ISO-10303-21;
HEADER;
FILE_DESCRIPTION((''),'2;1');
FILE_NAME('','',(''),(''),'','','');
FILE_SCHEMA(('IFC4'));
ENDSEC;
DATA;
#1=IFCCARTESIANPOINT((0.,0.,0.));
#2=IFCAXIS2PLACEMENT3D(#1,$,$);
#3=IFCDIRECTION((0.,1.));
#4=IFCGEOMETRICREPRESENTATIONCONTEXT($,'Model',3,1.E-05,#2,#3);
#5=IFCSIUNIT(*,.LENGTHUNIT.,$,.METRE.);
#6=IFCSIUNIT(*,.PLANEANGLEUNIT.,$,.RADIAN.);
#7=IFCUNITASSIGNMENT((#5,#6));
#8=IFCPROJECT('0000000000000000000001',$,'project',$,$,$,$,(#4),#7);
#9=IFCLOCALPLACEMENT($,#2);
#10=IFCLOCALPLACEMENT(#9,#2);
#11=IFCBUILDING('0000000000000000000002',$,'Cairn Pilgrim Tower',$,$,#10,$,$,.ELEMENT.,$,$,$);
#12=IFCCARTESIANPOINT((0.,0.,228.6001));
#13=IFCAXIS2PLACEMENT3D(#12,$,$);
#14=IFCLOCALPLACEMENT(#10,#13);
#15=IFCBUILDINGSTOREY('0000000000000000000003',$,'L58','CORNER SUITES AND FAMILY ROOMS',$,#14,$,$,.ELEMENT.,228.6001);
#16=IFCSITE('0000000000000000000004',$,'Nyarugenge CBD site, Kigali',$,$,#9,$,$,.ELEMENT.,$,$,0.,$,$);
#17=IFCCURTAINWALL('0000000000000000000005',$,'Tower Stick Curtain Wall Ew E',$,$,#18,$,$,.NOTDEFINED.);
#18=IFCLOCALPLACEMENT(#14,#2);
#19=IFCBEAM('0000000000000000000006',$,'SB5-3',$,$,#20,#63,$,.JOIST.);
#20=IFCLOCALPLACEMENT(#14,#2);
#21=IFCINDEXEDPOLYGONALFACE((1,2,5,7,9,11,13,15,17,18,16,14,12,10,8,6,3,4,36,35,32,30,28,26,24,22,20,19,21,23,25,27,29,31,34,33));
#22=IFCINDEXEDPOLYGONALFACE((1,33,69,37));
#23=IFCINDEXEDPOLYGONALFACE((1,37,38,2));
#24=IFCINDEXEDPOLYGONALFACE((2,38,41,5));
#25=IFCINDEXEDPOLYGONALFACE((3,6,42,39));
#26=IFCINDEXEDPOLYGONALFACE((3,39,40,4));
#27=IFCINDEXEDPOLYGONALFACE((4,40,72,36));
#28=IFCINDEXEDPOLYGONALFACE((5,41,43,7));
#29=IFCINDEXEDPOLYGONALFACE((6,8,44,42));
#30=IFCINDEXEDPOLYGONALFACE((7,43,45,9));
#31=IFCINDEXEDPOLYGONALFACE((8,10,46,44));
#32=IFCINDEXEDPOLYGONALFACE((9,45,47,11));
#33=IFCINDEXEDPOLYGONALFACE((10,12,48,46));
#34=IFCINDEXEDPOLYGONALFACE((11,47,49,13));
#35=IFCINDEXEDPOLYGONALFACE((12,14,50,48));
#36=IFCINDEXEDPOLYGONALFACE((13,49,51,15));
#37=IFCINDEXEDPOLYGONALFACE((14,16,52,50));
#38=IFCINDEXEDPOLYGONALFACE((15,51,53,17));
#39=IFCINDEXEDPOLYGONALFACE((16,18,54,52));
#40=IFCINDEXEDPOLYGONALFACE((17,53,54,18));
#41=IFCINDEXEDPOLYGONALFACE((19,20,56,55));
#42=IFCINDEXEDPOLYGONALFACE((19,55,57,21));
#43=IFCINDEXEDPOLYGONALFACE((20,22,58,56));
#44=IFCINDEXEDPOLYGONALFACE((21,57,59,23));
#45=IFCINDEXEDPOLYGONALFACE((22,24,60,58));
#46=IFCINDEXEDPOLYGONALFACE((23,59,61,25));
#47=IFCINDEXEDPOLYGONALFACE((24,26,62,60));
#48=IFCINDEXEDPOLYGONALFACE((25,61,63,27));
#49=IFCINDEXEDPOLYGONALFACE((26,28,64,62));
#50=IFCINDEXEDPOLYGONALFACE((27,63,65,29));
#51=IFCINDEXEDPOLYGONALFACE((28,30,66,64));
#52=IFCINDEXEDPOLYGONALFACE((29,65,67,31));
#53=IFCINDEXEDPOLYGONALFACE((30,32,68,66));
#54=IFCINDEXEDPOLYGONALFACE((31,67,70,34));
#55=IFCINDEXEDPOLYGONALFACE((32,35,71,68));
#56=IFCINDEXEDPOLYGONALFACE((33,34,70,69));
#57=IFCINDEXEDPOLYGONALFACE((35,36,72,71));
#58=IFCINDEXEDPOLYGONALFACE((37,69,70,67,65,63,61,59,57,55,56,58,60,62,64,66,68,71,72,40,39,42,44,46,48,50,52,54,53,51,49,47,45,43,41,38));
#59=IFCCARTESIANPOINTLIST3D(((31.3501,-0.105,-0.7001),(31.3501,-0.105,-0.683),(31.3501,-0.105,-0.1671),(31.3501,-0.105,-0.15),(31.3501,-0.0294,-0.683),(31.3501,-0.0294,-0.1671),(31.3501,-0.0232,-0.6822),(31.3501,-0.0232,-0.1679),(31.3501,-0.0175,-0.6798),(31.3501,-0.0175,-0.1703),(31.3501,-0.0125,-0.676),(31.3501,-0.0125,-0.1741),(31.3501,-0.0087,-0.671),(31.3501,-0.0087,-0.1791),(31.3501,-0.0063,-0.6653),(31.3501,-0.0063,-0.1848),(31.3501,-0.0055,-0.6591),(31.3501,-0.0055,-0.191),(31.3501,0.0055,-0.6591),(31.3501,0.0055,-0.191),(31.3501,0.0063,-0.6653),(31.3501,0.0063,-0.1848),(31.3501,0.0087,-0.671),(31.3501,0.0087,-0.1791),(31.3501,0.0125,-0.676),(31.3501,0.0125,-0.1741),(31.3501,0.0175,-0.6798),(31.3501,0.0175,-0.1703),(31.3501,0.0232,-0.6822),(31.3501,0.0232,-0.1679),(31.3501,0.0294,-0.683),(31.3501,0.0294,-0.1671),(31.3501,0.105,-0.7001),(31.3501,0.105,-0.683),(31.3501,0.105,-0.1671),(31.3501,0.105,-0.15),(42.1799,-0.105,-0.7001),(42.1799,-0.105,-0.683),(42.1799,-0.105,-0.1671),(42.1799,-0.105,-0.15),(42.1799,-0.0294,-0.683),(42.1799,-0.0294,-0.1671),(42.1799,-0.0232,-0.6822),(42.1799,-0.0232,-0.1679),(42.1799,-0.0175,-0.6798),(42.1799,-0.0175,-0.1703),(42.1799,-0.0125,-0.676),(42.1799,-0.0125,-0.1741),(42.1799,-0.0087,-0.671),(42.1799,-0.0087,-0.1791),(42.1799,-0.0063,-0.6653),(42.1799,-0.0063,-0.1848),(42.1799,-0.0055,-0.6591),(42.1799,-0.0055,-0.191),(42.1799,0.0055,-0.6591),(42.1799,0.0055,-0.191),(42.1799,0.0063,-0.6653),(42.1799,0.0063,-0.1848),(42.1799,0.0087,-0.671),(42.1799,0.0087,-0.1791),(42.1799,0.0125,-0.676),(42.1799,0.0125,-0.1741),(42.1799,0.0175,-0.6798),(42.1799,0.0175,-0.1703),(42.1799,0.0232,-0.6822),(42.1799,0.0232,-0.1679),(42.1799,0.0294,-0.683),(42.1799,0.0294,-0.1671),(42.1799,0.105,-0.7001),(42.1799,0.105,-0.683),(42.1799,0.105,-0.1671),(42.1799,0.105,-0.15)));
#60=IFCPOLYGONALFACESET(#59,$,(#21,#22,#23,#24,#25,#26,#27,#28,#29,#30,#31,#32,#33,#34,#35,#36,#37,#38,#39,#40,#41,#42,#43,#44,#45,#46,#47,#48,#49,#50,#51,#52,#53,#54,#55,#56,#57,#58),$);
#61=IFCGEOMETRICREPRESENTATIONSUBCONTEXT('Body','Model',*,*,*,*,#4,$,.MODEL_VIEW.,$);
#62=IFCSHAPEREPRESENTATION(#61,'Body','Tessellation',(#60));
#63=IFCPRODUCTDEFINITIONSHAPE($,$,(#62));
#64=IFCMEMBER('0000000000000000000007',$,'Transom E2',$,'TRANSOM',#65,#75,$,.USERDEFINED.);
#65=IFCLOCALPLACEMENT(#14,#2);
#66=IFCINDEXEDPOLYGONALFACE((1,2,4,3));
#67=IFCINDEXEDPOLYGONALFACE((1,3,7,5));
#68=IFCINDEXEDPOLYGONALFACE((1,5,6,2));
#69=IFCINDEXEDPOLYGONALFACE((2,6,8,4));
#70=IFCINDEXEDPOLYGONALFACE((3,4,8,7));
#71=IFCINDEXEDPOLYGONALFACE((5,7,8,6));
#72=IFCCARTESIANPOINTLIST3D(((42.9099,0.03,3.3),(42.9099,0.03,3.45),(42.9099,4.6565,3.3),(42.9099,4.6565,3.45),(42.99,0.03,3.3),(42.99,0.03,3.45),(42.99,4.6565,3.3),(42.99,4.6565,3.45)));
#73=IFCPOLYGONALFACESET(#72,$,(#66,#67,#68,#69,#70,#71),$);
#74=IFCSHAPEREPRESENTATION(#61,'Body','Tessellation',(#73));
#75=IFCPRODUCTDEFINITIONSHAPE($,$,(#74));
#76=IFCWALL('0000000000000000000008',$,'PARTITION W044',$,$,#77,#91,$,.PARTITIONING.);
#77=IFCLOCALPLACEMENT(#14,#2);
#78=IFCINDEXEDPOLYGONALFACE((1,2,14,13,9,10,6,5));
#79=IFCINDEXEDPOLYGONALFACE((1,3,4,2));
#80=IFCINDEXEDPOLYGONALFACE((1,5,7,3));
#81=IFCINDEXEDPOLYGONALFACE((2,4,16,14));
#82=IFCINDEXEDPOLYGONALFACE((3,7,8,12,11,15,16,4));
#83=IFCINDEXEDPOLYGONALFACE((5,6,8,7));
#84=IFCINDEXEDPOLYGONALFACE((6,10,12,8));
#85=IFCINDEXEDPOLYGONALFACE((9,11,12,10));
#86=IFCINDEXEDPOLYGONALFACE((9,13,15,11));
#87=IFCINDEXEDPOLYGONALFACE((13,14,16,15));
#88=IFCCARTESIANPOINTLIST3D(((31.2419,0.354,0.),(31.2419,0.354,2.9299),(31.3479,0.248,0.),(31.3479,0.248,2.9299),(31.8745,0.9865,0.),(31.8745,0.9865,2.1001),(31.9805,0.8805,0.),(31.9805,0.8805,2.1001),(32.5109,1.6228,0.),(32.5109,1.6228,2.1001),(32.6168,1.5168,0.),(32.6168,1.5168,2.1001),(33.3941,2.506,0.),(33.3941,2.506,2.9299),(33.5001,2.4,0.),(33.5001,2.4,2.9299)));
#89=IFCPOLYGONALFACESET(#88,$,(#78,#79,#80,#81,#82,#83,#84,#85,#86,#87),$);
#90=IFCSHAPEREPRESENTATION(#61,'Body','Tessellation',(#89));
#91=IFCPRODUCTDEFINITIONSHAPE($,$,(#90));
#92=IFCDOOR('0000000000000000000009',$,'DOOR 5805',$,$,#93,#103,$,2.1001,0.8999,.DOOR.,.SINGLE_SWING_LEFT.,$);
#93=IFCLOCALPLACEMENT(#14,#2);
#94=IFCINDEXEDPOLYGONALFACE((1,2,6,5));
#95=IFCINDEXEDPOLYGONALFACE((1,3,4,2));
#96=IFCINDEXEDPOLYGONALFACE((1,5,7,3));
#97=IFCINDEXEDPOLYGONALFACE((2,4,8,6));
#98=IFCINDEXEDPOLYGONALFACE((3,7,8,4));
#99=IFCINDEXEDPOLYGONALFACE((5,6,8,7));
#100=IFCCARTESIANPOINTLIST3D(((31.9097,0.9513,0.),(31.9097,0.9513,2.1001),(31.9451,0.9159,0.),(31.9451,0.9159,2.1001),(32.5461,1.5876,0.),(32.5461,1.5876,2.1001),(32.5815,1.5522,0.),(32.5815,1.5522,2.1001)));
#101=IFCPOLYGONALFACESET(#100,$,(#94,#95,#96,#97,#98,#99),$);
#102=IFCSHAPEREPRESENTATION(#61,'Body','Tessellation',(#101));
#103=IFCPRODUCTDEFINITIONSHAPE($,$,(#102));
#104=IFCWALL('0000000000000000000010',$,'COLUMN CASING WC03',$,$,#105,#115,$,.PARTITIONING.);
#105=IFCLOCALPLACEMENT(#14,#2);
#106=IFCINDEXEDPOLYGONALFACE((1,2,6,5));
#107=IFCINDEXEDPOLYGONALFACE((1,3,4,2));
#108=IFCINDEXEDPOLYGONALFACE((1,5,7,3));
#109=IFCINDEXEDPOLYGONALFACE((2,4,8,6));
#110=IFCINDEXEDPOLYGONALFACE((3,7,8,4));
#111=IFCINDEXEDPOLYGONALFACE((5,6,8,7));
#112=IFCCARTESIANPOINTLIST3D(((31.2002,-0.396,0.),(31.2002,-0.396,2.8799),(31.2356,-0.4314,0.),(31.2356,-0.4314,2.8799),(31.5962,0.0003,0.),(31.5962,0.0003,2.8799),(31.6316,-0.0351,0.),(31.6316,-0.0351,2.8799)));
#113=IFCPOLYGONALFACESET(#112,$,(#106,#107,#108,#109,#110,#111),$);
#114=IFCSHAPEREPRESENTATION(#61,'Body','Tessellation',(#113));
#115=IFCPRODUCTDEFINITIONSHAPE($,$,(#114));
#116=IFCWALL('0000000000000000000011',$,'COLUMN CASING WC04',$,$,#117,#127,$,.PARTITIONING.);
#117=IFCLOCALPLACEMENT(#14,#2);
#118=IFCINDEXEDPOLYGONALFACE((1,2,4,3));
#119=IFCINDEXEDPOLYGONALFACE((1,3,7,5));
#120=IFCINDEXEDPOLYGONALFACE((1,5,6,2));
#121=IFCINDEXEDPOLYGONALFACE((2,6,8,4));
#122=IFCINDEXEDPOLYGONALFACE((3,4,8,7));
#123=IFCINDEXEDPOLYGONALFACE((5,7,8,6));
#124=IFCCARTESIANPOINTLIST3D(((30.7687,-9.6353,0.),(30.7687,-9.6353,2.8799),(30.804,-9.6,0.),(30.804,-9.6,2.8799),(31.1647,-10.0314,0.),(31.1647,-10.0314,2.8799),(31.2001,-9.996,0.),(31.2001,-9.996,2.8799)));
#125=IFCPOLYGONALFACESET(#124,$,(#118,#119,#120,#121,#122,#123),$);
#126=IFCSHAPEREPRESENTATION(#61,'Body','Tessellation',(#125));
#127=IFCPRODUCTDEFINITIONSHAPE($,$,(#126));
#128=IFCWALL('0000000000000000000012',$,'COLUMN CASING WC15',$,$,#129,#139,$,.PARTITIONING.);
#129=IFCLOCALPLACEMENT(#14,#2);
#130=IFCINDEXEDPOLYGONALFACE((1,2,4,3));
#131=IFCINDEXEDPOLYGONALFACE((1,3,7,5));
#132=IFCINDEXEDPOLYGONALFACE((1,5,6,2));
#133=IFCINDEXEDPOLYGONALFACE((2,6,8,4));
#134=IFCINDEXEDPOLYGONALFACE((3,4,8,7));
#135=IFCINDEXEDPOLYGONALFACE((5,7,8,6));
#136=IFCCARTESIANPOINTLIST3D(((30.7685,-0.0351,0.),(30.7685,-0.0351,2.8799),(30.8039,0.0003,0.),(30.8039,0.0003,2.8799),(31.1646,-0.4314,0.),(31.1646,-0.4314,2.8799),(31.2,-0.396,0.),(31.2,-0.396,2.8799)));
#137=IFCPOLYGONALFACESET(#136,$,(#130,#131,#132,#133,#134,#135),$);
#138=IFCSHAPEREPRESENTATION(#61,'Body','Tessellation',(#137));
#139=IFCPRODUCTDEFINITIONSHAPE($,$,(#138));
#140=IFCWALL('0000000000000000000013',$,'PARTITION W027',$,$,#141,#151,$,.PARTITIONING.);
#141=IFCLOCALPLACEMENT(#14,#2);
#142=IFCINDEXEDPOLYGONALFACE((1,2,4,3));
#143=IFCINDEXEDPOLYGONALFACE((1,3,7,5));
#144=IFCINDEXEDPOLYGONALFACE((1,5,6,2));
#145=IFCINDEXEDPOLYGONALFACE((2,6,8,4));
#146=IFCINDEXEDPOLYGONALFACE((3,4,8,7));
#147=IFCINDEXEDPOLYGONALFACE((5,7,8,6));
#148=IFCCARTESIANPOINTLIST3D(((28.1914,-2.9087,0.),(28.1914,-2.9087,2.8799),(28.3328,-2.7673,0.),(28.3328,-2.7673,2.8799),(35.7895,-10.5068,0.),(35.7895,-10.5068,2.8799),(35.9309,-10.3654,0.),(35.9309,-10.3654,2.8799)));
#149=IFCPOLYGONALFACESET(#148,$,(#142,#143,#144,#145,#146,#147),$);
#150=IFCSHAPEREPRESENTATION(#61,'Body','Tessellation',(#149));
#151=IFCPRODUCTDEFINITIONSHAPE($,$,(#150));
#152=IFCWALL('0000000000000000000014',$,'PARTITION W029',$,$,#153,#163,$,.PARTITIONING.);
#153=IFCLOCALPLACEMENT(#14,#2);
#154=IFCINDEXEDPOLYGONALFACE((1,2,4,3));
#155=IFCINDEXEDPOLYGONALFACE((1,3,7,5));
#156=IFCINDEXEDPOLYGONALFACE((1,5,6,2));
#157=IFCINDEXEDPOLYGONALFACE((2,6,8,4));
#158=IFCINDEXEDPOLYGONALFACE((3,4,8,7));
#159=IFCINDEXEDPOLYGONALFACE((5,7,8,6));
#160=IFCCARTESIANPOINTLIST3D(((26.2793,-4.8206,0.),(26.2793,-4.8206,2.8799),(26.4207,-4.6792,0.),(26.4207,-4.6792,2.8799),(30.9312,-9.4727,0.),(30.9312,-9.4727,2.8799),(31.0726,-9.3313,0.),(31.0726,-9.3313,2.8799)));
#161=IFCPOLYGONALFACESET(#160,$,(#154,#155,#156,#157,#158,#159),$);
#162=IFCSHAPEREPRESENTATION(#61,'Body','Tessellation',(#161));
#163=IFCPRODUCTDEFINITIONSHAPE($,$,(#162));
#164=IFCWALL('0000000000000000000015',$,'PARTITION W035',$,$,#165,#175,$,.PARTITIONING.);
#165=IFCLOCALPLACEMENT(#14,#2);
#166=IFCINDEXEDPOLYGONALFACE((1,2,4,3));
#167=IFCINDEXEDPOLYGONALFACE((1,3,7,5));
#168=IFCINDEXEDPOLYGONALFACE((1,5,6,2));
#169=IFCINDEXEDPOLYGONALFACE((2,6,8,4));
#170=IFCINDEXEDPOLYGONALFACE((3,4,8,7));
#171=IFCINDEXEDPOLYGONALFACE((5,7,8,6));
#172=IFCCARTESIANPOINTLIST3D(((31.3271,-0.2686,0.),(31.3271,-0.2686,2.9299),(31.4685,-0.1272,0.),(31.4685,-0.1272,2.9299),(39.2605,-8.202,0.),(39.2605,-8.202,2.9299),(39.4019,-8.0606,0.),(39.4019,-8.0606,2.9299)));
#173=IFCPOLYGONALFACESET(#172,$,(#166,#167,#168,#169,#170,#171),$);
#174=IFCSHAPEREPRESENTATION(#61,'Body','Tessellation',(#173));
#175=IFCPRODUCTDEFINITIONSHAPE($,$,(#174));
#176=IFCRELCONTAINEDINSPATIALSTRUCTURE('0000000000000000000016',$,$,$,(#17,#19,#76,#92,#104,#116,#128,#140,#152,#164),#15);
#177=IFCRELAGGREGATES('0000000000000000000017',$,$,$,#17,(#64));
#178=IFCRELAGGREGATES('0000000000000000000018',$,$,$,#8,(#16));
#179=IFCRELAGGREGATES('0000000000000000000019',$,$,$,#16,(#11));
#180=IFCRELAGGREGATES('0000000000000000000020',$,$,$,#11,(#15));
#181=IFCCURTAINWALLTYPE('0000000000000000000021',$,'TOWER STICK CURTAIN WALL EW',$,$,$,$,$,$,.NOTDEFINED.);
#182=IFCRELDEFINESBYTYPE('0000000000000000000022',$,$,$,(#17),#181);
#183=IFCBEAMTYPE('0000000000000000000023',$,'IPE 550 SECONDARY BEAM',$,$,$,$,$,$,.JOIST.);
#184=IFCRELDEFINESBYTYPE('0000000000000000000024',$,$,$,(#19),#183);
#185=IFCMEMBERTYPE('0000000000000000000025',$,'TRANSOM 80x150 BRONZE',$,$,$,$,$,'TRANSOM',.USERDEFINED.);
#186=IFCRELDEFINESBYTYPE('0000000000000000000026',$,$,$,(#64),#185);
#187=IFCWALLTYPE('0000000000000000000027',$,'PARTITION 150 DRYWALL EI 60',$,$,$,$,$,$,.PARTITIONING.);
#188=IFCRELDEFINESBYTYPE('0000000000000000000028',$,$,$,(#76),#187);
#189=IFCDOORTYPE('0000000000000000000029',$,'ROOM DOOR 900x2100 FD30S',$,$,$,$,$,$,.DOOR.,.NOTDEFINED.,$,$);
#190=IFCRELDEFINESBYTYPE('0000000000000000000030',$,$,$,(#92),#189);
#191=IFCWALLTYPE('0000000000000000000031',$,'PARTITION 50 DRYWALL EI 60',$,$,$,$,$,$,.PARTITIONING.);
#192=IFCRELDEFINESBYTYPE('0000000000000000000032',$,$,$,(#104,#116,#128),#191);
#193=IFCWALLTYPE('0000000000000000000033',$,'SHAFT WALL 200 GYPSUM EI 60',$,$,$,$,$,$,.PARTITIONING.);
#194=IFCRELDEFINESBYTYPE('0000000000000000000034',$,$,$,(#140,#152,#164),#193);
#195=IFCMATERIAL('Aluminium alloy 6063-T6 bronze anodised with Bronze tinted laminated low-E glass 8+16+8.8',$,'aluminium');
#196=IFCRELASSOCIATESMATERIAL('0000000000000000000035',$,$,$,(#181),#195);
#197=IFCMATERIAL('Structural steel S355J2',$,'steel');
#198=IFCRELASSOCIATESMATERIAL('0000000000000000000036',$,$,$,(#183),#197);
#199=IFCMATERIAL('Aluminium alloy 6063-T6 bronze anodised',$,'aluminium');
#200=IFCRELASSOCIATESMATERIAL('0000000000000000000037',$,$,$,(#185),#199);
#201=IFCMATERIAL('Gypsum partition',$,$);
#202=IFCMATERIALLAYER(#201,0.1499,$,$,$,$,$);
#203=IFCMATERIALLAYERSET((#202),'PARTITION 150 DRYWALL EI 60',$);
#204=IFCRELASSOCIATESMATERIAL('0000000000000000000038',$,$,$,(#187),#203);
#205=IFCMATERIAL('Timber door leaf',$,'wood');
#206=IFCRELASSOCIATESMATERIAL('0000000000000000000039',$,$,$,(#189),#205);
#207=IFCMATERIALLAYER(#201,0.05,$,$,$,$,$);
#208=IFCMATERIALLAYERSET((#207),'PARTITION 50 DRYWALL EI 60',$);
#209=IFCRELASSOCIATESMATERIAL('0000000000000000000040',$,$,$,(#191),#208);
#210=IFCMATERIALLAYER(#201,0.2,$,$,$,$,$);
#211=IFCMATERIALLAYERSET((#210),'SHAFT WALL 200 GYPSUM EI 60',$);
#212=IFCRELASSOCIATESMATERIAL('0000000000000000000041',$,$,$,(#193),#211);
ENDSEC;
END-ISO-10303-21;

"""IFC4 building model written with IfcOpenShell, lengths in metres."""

from ifc_helpers import new_model, si_unit, direction, frame, frame_2d, origin, origin_2d, place, context, subcontext, project, spatial, rectangle, i_section, extrude, material, layer, layer_set, material_profile, profile_set, type_object, element, fill, aggregate, save


model = new_model("IFC4")

# Units and contexts
model_context = context("Model", 3, precision=1e-05, world=origin(), true_north=direction((0.0, 1.0)))
body_context = subcontext(model_context, "Body", "Model", "MODEL_VIEW")
ifc_project = project(units=[si_unit("LENGTHUNIT", "METRE"), si_unit("PLANEANGLEUNIT", "RADIAN")], contexts=[model_context])

# Site, building, storey
site_placement = place(None, origin())
site = spatial("IfcSite", under=ifc_project, at=site_placement, Name="Nyarugenge CBD site, Kigali", CompositionType="ELEMENT", RefElevation=0.0)
building_placement = place(site_placement, origin())
building = spatial("IfcBuilding", under=site, at=building_placement, Name="Cairn Pilgrim Tower", CompositionType="ELEMENT")
storey_placement = place(building_placement, frame((0.0, 0.0, 228.6001)))
storey = spatial("IfcBuildingStorey", under=building, at=storey_placement, Name="L58", Description="CORNER SUITES AND FAMILY ROOMS", CompositionType="ELEMENT", Elevation=228.6001)

# Shared definitions
ifc_material_1 = material(Name="Structural steel S355J2", Category="steel")

# Shared definitions
ifc_material_2 = material(Name="Aluminium alloy 6063-T6 bronze anodised with Bronze tinted laminated low-E glass 8+16+8.8", Category="aluminium")
ifc_material_3 = material(Name="Aluminium alloy 6063-T6 bronze anodised", Category="aluminium")

# Curtain wall
curtain_wall_type_1 = type_object("IfcCurtainWallType", Name="TOWER STICK CURTAIN WALL EW", PredefinedType="NOTDEFINED", material=ifc_material_2)
curtain_wall_1_placement = place(storey_placement, origin())
curtain_wall_1 = element("IfcCurtainWall", 1, at=curtain_wall_1_placement, inside=storey, type_object=curtain_wall_type_1, Name="Tower Stick Curtain Wall Ew E", PredefinedType="NOTDEFINED")

# Beam
ifc_material_profile_1 = material_profile(ifc_material_1, i_section(OverallWidth=0.21, OverallDepth=0.55, WebThickness=0.011, FlangeThickness=0.0171, FilletRadius=0.0239, at=origin_2d()), Name="IPE 550")
ifc_profile_set_1 = profile_set([ifc_material_profile_1], Name="Structural steel S355J2")
beam_type_1 = type_object("IfcBeamType", Name="IPE 550 SECONDARY BEAM", PredefinedType="JOIST", material=ifc_profile_set_1)
beam_1_placement = place(storey_placement, frame((31.3501, 0.0, -0.425), z_axis=(1.0, 0.0, 0.0), x_axis=(0.0, 1.0, 0.0)))
element("IfcBeam", 2, at=beam_1_placement, inside=storey, type_object=beam_type_1, Name="SB5-3", PredefinedType="JOIST", context=body_context, shape_type="SweptSolid", body=[
    extrude(i_section(OverallWidth=0.21, OverallDepth=0.55, WebThickness=0.011, FlangeThickness=0.0171, FilletRadius=0.0239, at=origin_2d()), origin(), (0.0, 0.0, 1.0), 10.8298),
])

# Member
ifc_material_profile_2 = material_profile(ifc_material_3, rectangle(XDim=0.0801, YDim=0.1499, at=origin_2d()), Name="TRANSOM 80x150 BRONZE")
ifc_profile_set_2 = profile_set([ifc_material_profile_2], Name="Aluminium alloy 6063-T6 bronze anodised")
member_type_1 = type_object("IfcMemberType", Name="TRANSOM 80x150 BRONZE", ElementType="TRANSOM", PredefinedType="USERDEFINED", material=ifc_profile_set_2)
member_1_placement = place(storey_placement, frame((42.95, 0.03, 3.375), z_axis=(0.0, 1.0, 0.0), x_axis=(-1.0, 0.0, 0.0)))
member_1 = element("IfcMember", 3, at=member_1_placement, type_object=member_type_1, Name="Transom E2", ObjectType="TRANSOM", PredefinedType="USERDEFINED", context=body_context, shape_type="SweptSolid", body=[
    extrude(rectangle(XDim=0.0801, YDim=0.1499, at=origin_2d()), origin(), (0.0, 0.0, 1.0), 4.6265),
])
aggregate(curtain_wall_1, [member_1])

# Wall, opening, door
ifc_material_4 = material(Name="Gypsum partition")
ifc_layer_1 = layer(ifc_material_4, 0.1499)
ifc_layer_set_1 = layer_set([ifc_layer_1], Name="PARTITION 150 DRYWALL EI 60")
wall_type_1 = type_object("IfcWallType", Name="PARTITION 150 DRYWALL EI 60", PredefinedType="PARTITIONING", material=ifc_layer_set_1)
wall_1_placement = place(storey_placement, frame((31.2949, 0.301, 0.0), z_axis=(0.0, 0.0, 1.0), x_axis=(0.707147, 0.707067, 0.0)))
wall_1 = element("IfcWall", 4, at=wall_1_placement, inside=storey, type_object=wall_type_1, Name="PARTITION W044", PredefinedType="PARTITIONING", context=body_context, shape_type="SweptSolid", body=[
    extrude(rectangle(XDim=3.0435, YDim=0.1499, at=frame_2d((1.5217, 0.0))), origin(), (0.0, 0.0, 1.0), 2.9299),
])
opening_1_placement = place(wall_1_placement, frame((0.8945, 0.0, 0.0)))
opening_1 = element("IfcOpeningElement", 5, at=opening_1_placement, cuts=wall_1, PredefinedType="OPENING", context=body_context, shape_type="SweptSolid", body=[
    extrude(rectangle(XDim=0.8999, YDim=2.1001, at=frame_2d((0.45, 1.05))), frame((0.0, 0.085, 0.0), z_axis=(0.0, -1.0, 0.0), x_axis=(1.0, 0.0, 0.0)), (0.0, 0.0, 1.0), 0.1699),
])
ifc_material_5 = material(Name="Timber door leaf", Category="wood")
door_type_1 = type_object("IfcDoorType", Name="ROOM DOOR 900x2100 FD30S", OperationType="NOTDEFINED", PredefinedType="DOOR", material=ifc_material_5)
door_1_placement = place(opening_1_placement, frame((0.8999, 0.0, 0.0), z_axis=(0.0, 0.0, 1.0), x_axis=(-1.0, 0.0, 0.0)))
door_1 = element("IfcDoor", 6, at=door_1_placement, inside=storey, type_object=door_type_1, Name="DOOR 5805", OperationType="SINGLE_SWING_LEFT", OverallHeight=2.1001, OverallWidth=0.8999, PredefinedType="DOOR", context=body_context, shape_type="SweptSolid", body=[
    extrude(rectangle(XDim=0.8999, YDim=2.1001, at=frame_2d((0.45, 1.05))), frame((0.0, 0.0249, 0.0), z_axis=(0.0, -1.0, 0.0), x_axis=(1.0, 0.0, 0.0)), (0.0, 0.0, 1.0), 0.05),
])
fill(opening_1, door_1)

# Walls
ifc_layer_2 = layer(ifc_material_4, 0.05)
ifc_layer_set_2 = layer_set([ifc_layer_2], Name="PARTITION 50 DRYWALL EI 60")
wall_type_2 = type_object("IfcWallType", Name="PARTITION 50 DRYWALL EI 60", PredefinedType="PARTITIONING", material=ifc_layer_set_2)
wall_2_placement = place(storey_placement, frame((31.2178, -0.4138, 0.0), z_axis=(0.0, 0.0, 1.0), x_axis=(0.706889, 0.707325, 0.0)))
element("IfcWall", 7, at=wall_2_placement, inside=storey, type_object=wall_type_2, Name="COLUMN CASING WC03", PredefinedType="PARTITIONING", context=body_context, shape_type="SweptSolid", body=[
    extrude(rectangle(XDim=0.5603, YDim=0.05, at=frame_2d((0.2803, 0.0))), origin(), (0.0, 0.0, 1.0), 2.8799),
])
wall_3_placement = place(storey_placement, frame((31.1824, -10.0137, 0.0), z_axis=(0.0, 0.0, 1.0), x_axis=(-0.707107, 0.707107, 0.0)))
element("IfcWall", 8, at=wall_3_placement, inside=storey, type_object=wall_type_2, Name="COLUMN CASING WC04", PredefinedType="PARTITIONING", context=body_context, shape_type="SweptSolid", body=[
    extrude(rectangle(XDim=0.5601, YDim=0.05, at=frame_2d((0.28, 0.0))), origin(), (0.0, 0.0, 1.0), 2.8799),
])
wall_4_placement = place(storey_placement, frame((31.1824, -0.4138, 0.0), z_axis=(0.0, 0.0, 1.0), x_axis=(-0.706889, 0.707325, 0.0)))
element("IfcWall", 9, at=wall_4_placement, inside=storey, type_object=wall_type_2, Name="COLUMN CASING WC15", PredefinedType="PARTITIONING", context=body_context, shape_type="SweptSolid", body=[
    extrude(rectangle(XDim=0.5603, YDim=0.05, at=frame_2d((0.2803, 0.0))), origin(), (0.0, 0.0, 1.0), 2.8799),
])
ifc_layer_3 = layer(ifc_material_4, 0.2)
ifc_layer_set_3 = layer_set([ifc_layer_3], Name="SHAFT WALL 200 GYPSUM EI 60")
wall_type_3 = type_object("IfcWallType", Name="SHAFT WALL 200 GYPSUM EI 60", PredefinedType="PARTITIONING", material=ifc_layer_set_3)
wall_5_placement = place(storey_placement, frame((35.8601, -10.436, 0.0), z_axis=(0.0, 0.0, 1.0), x_axis=(-0.707107, 0.707107, 0.0)))
element("IfcWall", 10, at=wall_5_placement, inside=storey, type_object=wall_type_3, Name="PARTITION W027", PredefinedType="PARTITIONING", context=body_context, shape_type="SweptSolid", body=[
    extrude(rectangle(XDim=10.7454, YDim=0.2, at=frame_2d((5.3726, 0.0))), origin(), (0.0, 0.0, 1.0), 2.8799),
])
wall_6_placement = place(storey_placement, frame((31.002, -9.4021, 0.0), z_axis=(0.0, 0.0, 1.0), x_axis=(-0.707088, 0.707125, 0.0)))
element("IfcWall", 11, at=wall_6_placement, inside=storey, type_object=wall_type_3, Name="PARTITION W029", PredefinedType="PARTITIONING", context=body_context, shape_type="SweptSolid", body=[
    extrude(rectangle(XDim=6.5789, YDim=0.2, at=frame_2d((3.2896, 0.0))), origin(), (0.0, 0.0, 1.0), 2.8799),
])
wall_7_placement = place(storey_placement, frame((39.3313, -8.1313, 0.0), z_axis=(0.0, 0.0, 1.0), x_axis=(-0.707107, 0.707107, 0.0)))
element("IfcWall", 12, at=wall_7_placement, inside=storey, type_object=wall_type_3, Name="PARTITION W035", PredefinedType="PARTITIONING", context=body_context, shape_type="SweptSolid", body=[
    extrude(rectangle(XDim=11.2195, YDim=0.2, at=frame_2d((5.6099, 0.0))), origin(), (0.0, 0.0, 1.0), 2.9299),
])

save(model, "model.ifc")
